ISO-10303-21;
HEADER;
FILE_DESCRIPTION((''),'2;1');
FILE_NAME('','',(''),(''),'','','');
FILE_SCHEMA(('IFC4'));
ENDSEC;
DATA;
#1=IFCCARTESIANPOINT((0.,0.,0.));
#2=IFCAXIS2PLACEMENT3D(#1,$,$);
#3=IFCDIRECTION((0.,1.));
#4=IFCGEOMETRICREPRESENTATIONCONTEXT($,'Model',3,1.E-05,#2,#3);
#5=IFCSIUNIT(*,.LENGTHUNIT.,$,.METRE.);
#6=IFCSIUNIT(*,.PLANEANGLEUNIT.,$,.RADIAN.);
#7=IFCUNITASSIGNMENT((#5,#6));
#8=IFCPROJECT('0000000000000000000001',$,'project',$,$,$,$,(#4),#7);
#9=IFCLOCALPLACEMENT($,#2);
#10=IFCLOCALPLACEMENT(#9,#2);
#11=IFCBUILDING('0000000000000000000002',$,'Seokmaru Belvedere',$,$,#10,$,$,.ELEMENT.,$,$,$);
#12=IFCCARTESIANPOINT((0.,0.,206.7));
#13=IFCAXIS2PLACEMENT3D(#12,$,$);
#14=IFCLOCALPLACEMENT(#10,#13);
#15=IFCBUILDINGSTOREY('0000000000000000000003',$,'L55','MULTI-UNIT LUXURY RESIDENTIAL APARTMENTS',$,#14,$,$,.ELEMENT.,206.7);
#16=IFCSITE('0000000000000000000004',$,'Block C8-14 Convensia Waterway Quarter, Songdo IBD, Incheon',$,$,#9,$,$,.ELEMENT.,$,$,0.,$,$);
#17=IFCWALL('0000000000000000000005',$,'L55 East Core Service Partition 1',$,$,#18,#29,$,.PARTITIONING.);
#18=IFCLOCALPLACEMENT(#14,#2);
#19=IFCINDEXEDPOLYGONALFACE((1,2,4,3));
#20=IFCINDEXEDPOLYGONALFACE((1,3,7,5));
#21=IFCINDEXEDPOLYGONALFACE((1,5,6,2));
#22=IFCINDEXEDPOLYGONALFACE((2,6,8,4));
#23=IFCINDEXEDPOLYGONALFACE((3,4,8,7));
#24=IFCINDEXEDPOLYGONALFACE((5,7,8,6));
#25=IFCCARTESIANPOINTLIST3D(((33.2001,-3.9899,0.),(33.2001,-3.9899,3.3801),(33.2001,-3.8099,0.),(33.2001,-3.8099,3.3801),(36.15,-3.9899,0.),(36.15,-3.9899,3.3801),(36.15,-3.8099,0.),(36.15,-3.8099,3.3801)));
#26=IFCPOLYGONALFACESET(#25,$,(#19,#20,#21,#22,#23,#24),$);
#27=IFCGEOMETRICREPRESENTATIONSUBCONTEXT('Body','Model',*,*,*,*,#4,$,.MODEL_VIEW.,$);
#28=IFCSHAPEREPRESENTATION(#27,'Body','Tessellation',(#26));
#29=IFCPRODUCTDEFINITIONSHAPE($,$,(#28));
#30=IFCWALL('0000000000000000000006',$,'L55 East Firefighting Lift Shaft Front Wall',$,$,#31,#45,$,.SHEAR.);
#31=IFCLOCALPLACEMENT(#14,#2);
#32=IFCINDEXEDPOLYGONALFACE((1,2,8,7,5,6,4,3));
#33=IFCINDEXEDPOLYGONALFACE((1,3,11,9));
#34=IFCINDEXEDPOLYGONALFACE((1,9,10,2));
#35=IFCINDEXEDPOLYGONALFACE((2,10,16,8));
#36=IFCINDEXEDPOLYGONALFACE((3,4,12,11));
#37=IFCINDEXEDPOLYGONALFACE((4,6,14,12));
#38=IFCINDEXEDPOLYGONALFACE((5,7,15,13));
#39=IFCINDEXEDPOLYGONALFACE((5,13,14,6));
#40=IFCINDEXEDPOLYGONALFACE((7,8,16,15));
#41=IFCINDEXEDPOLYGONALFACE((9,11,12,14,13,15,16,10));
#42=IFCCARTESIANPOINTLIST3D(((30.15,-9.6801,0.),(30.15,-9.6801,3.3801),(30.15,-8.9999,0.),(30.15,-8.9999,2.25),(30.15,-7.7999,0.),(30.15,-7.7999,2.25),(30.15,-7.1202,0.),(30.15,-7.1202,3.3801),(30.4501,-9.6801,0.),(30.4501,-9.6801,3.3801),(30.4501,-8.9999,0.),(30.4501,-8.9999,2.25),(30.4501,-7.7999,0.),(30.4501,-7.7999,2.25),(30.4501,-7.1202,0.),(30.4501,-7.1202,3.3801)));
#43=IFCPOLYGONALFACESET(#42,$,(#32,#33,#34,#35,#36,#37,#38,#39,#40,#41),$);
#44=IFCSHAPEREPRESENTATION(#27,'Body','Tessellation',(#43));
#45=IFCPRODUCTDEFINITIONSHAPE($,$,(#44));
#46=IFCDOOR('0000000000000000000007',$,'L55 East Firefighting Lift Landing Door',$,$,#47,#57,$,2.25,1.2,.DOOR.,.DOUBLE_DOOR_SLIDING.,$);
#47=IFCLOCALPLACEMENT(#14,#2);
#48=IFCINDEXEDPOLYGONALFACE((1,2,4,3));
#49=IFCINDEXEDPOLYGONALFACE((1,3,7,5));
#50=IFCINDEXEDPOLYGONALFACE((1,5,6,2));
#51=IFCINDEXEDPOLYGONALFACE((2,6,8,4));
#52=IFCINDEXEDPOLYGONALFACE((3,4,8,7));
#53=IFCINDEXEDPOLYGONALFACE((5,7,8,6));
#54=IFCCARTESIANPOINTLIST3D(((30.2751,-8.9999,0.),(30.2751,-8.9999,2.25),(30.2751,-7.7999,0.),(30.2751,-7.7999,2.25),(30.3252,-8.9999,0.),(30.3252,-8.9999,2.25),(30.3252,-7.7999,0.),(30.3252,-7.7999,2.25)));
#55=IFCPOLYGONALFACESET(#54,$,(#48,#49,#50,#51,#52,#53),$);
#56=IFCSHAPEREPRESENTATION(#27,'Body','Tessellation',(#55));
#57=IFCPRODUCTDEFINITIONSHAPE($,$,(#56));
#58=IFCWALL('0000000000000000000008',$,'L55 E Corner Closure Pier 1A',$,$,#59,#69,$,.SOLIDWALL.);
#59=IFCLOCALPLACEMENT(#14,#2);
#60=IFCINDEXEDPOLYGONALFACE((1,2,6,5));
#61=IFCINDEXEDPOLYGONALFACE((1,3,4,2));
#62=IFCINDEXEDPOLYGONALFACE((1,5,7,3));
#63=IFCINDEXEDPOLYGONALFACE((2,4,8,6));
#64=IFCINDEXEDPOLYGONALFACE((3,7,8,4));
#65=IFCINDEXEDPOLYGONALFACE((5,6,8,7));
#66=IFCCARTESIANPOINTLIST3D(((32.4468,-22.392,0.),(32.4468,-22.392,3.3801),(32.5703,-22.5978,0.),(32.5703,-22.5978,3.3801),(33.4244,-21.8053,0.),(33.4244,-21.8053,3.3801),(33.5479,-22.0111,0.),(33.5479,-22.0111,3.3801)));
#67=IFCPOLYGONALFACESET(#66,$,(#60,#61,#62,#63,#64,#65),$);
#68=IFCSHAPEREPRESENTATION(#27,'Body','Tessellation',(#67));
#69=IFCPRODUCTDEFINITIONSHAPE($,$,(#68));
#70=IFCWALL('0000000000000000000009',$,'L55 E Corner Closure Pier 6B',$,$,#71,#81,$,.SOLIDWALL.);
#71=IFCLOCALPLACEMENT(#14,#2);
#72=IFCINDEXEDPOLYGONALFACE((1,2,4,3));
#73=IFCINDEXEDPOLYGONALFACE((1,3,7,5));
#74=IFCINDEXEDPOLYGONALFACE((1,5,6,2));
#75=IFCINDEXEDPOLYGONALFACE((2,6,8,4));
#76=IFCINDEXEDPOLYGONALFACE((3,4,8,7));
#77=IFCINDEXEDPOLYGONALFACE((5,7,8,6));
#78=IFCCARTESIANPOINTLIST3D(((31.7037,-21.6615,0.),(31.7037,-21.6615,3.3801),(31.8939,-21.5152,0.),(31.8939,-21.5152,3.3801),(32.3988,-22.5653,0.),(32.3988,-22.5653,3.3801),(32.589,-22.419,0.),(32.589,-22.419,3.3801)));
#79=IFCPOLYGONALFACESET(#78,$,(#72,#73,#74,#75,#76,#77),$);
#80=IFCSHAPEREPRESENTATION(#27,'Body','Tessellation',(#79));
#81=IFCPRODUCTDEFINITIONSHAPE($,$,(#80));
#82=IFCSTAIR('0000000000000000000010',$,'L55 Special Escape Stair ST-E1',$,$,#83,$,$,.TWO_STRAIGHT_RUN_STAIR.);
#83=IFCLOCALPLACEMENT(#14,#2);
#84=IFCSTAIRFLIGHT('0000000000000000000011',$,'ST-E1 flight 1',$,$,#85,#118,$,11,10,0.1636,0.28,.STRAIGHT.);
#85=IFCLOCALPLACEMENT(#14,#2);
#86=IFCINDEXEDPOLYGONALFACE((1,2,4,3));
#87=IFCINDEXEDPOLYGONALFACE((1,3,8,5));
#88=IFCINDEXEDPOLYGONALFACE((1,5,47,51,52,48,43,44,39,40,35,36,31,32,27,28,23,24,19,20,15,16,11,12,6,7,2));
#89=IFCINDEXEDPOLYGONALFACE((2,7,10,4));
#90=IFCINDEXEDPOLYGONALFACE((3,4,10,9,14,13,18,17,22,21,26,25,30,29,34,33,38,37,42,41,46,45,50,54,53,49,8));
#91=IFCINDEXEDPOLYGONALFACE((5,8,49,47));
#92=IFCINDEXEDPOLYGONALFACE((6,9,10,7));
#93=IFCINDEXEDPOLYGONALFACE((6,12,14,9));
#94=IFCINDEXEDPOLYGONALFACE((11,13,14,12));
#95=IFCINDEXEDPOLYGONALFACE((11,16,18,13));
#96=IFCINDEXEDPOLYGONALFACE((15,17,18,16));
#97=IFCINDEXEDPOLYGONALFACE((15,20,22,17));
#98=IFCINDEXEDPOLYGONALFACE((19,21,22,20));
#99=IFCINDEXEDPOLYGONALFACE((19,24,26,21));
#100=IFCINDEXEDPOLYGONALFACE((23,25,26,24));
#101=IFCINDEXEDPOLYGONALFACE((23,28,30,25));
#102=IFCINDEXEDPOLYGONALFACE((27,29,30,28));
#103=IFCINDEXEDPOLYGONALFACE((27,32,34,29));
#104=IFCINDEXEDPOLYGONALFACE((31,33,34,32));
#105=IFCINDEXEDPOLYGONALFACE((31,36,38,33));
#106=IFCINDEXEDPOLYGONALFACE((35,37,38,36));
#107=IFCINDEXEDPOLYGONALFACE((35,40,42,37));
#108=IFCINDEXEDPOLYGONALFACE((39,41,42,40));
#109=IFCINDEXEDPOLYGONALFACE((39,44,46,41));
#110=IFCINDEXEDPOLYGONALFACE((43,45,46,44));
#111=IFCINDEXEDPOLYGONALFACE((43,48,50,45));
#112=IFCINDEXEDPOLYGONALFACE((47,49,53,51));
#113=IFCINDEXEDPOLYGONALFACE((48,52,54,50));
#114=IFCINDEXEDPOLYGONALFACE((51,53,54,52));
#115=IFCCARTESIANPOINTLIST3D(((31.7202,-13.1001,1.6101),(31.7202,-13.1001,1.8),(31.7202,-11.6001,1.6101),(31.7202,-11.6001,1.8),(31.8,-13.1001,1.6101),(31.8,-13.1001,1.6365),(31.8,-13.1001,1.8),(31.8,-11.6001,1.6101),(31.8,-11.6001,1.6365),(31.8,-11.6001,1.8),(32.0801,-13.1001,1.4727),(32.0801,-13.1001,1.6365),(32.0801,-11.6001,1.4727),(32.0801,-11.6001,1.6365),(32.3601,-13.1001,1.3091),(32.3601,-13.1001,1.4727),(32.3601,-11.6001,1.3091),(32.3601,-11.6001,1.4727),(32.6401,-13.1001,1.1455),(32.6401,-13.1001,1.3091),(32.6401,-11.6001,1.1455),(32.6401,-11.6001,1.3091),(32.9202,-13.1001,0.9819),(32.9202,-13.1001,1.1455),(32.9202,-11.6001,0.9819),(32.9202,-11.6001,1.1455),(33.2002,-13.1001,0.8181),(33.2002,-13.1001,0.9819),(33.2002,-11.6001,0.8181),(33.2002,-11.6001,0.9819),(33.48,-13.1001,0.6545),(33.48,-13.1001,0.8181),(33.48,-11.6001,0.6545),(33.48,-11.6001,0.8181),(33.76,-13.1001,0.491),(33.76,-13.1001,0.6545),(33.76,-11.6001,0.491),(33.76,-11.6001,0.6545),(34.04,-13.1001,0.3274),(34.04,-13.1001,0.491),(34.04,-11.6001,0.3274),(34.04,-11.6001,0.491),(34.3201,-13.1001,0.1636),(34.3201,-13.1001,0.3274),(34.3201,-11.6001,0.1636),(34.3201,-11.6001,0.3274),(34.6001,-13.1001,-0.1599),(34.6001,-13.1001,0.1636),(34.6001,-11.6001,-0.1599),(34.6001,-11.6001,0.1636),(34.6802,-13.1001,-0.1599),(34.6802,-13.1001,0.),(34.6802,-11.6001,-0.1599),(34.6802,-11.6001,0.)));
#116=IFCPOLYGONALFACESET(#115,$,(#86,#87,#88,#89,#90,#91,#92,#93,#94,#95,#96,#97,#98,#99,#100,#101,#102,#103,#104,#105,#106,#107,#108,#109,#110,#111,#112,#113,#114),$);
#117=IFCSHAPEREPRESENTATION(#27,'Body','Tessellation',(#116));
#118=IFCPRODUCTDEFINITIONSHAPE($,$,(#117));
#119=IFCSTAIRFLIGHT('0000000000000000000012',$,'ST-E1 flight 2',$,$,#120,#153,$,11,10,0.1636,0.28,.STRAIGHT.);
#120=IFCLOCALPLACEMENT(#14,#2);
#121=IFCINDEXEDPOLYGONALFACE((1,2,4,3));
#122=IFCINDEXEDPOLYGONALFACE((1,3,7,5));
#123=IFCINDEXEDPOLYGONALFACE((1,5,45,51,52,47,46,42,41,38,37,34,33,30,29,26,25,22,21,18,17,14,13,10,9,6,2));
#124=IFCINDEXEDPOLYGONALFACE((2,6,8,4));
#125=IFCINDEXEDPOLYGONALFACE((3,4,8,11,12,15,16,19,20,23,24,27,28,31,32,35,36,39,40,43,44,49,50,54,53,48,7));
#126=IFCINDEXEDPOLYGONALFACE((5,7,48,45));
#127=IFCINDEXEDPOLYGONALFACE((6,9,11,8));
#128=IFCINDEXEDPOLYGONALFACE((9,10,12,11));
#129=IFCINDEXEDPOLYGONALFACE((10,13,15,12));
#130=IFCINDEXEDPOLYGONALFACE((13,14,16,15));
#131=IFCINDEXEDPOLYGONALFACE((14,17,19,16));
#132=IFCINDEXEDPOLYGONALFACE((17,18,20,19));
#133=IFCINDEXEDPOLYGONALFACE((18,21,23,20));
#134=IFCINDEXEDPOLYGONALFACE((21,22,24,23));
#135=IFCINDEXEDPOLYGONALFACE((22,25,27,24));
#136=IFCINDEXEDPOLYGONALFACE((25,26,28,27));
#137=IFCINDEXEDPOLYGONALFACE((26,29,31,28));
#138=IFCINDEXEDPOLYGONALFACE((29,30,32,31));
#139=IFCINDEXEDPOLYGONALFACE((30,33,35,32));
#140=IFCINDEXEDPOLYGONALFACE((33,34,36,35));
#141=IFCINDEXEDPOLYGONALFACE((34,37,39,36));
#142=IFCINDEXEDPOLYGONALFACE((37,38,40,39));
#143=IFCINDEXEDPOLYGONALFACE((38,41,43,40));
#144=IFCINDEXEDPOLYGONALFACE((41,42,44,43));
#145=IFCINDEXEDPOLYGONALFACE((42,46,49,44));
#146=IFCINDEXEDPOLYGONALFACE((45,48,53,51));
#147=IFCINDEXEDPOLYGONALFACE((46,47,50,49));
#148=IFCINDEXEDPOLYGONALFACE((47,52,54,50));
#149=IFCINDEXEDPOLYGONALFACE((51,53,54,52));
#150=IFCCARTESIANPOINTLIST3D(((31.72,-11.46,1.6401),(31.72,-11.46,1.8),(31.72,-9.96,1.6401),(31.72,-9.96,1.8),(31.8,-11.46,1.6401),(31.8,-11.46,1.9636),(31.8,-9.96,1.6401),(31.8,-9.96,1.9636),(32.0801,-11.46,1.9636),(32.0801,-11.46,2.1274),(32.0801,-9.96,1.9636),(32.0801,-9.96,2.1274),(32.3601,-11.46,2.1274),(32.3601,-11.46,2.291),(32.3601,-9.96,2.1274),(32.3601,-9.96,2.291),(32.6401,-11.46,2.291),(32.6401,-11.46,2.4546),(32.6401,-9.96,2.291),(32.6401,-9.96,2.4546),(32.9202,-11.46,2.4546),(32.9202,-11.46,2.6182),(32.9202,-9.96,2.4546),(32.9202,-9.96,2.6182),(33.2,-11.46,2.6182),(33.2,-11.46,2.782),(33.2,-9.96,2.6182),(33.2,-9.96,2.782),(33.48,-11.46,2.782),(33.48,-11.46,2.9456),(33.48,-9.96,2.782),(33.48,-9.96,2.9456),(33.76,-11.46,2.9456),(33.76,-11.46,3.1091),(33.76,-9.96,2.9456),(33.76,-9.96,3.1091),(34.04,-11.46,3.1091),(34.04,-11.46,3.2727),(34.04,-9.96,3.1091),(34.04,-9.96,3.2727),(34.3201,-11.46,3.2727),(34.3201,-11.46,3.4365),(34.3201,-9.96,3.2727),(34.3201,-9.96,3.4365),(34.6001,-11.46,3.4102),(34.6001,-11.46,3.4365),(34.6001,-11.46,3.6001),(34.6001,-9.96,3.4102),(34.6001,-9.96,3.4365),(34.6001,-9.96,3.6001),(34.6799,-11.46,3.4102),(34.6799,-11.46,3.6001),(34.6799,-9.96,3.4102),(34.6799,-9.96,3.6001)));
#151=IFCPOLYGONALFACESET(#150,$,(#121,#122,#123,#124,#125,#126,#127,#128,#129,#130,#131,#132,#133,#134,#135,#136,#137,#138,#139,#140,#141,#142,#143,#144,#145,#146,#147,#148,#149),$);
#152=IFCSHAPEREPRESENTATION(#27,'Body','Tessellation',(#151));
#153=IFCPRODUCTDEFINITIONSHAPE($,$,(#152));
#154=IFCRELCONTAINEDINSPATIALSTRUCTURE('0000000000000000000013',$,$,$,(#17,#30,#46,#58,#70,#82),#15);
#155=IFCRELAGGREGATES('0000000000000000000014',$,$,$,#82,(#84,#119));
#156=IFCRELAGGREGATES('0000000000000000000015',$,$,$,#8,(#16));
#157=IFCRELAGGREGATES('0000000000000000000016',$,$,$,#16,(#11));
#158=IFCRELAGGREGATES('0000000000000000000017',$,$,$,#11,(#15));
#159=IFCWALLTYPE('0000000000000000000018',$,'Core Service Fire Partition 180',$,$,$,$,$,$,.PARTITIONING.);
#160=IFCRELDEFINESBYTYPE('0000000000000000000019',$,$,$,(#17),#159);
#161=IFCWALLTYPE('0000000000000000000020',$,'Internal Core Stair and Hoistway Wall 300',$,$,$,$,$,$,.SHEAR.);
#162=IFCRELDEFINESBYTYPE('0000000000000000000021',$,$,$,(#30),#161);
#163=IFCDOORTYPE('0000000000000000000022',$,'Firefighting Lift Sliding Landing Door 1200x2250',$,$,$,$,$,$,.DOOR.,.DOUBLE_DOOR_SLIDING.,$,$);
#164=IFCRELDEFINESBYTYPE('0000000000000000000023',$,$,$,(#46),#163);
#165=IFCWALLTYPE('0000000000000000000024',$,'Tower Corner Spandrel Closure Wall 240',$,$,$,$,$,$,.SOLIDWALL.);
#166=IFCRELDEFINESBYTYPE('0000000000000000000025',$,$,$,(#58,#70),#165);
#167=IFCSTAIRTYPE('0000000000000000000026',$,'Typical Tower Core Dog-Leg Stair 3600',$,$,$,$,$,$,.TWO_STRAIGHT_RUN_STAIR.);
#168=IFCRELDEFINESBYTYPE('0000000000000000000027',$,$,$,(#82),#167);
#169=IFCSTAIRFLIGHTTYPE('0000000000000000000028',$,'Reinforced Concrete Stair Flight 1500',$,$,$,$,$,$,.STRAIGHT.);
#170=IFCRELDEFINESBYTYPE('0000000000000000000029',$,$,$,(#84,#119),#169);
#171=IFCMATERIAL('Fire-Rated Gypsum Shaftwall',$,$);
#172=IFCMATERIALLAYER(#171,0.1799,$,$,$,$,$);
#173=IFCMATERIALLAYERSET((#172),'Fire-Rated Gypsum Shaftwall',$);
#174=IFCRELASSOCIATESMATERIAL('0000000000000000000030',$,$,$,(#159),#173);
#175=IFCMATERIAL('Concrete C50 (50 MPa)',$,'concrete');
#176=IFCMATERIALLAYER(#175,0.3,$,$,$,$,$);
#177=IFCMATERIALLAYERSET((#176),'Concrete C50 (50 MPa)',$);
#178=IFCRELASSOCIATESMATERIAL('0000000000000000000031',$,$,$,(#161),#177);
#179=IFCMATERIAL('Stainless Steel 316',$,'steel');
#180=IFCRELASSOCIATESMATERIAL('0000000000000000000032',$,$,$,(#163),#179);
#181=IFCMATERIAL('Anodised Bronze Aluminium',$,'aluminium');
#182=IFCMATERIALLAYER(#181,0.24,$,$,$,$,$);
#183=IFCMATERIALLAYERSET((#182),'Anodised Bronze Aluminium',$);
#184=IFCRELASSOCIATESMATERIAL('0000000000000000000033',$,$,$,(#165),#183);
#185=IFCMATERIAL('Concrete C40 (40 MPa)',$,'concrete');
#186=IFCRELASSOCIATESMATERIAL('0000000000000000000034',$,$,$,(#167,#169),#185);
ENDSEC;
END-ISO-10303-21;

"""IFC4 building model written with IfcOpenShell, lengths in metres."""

from ifc_helpers import new_model, si_unit, direction, frame, frame_2d, origin, place, context, subcontext, project, spatial, polyline, rectangle, outline, extrude, source, transform, mapped, material, layer, layer_set, type_object, type_shapes, element, fill, aggregate, save


model = new_model("IFC4")

# Units and contexts
model_context = context("Model", 3, precision=1e-05, world=origin(), true_north=direction((0.0, 1.0)))
body_context = subcontext(model_context, "Body", "Model", "MODEL_VIEW")
ifc_project = project(units=[si_unit("LENGTHUNIT", "METRE"), si_unit("PLANEANGLEUNIT", "RADIAN")], contexts=[model_context])

# Site, building, storey
site_placement = place(None, origin())
site = spatial("IfcSite", under=ifc_project, at=site_placement, Name="Block C8-14 Convensia Waterway Quarter, Songdo IBD, Incheon", CompositionType="ELEMENT", RefElevation=0.0)
building_placement = place(site_placement, origin())
building = spatial("IfcBuilding", under=site, at=building_placement, Name="Seokmaru Belvedere", CompositionType="ELEMENT")
storey_placement = place(building_placement, frame((0.0, 0.0, 206.7)))
storey = spatial("IfcBuildingStorey", under=building, at=storey_placement, Name="L55", Description="MULTI-UNIT LUXURY RESIDENTIAL APARTMENTS", CompositionType="ELEMENT", Elevation=206.7)

# Shared definitions
ifc_material_1 = material(Name="Anodised Bronze Aluminium", Category="aluminium")

# Shared definitions
ifc_material_2 = material(Name="Fire-Rated Gypsum Shaftwall")
ifc_layer_1 = layer(ifc_material_2, 0.1799)
ifc_layer_set_1 = layer_set([ifc_layer_1], Name="Fire-Rated Gypsum Shaftwall")
wall_type_1 = type_object("IfcWallType", Name="Core Service Fire Partition 180", PredefinedType="PARTITIONING", material=ifc_layer_set_1)

# Wall
for number, where, z_axis, x_axis, name in (
    (1, (33.2, -3.8999, 0.0), (0.0, 0.0, 1.0), (1.0, 0.0, 0.0), "L55 East Core Service Partition 1"),
):
    element("IfcWall", number, at=place(storey_placement, frame(where, z_axis=z_axis, x_axis=x_axis)), inside=storey, type_object=wall_type_1, Name=name, PredefinedType="PARTITIONING", context=body_context, shape_type="SweptSolid", body=[
        extrude(rectangle(XDim=2.95, YDim=0.1799, at=frame_2d((1.4751, 0.0))), origin(), (0.0, 0.0, 1.0), 3.3801),
    ])

# Wall, opening, door
ifc_material_3 = material(Name="Concrete C50 (50 MPa)", Category="concrete")
ifc_layer_2 = layer(ifc_material_3, 0.3)
ifc_layer_set_2 = layer_set([ifc_layer_2], Name="Concrete C50 (50 MPa)")
wall_type_2 = type_object("IfcWallType", Name="Internal Core Stair and Hoistway Wall 300", PredefinedType="SHEAR", material=ifc_layer_set_2)
wall_1_placement = place(storey_placement, frame((30.3, -9.6799, 0.0), z_axis=(0.0, 0.0, 1.0), x_axis=(0.0, 1.0, 0.0)))
wall_1 = element("IfcWall", 2, at=wall_1_placement, inside=storey, type_object=wall_type_2, Name="L55 East Firefighting Lift Shaft Front Wall", PredefinedType="SHEAR", context=body_context, shape_type="SweptSolid", body=[
    extrude(rectangle(XDim=2.5598, YDim=0.3, at=frame_2d((1.2798, 0.0))), origin(), (0.0, 0.0, 1.0), 3.3801),
])
opening_1_placement = place(wall_1_placement, frame((0.6799, 0.0, 0.0)))
opening_1 = element("IfcOpeningElement", 3, at=opening_1_placement, cuts=wall_1, PredefinedType="OPENING", context=body_context, shape_type="SweptSolid", body=[
    extrude(rectangle(XDim=1.2, YDim=2.25, at=frame_2d((0.6001, 1.125))), frame((0.0, 0.1602, 0.0), z_axis=(0.0, -1.0, 0.0), x_axis=(1.0, 0.0, 0.0)), (0.0, 0.0, 1.0), 0.3201),
])
ifc_material_4 = material(Name="Stainless Steel 316", Category="steel")
door_type_1 = type_object("IfcDoorType", Name="Firefighting Lift Sliding Landing Door 1200x2250", OperationType="DOUBLE_DOOR_SLIDING", PredefinedType="DOOR", material=ifc_material_4)
shared_shape_1 = source(origin(), body_context, "Body", "SweptSolid", [
    extrude(rectangle(XDim=1.2, YDim=2.25, at=frame_2d((0.6001, 1.125))), frame((0.0, 0.0249, 0.0), z_axis=(0.0, -1.0, 0.0), x_axis=(1.0, 0.0, 0.0)), (0.0, 0.0, 1.0), 0.05),
])
type_shapes(door_type_1, [shared_shape_1])
door_1_placement = place(opening_1_placement, origin())
door_1 = element("IfcDoor", 4, at=door_1_placement, inside=storey, type_object=door_type_1, Name="L55 East Firefighting Lift Landing Door", OperationType="DOUBLE_DOOR_SLIDING", OverallHeight=2.25, OverallWidth=1.2, PredefinedType="DOOR", context=body_context, shape_type="MappedRepresentation", body=[
    mapped(shared_shape_1, transform((0.0, 0.0, 0.0), scale=1.0)),
])
fill(opening_1, door_1)

# Walls
ifc_layer_3 = layer(ifc_material_1, 0.24)
ifc_layer_set_3 = layer_set([ifc_layer_3], Name="Anodised Bronze Aluminium")
wall_type_3 = type_object("IfcWallType", Name="Tower Corner Spandrel Closure Wall 240", PredefinedType="SOLIDWALL", material=ifc_layer_set_3)
for number, where, z_axis, x_axis, name in (
    (5, (32.5085, -22.4949, 0.0), (0.0, 0.0, 1.0), (0.857436, 0.51459, 0.0), "L55 E Corner Closure Pier 1A"),
    (6, (31.7988, -21.5884, 0.0), (0.0, 0.0, 1.0), (0.609618, -0.792696, 0.0), "L55 E Corner Closure Pier 6B"),
):
    element("IfcWall", number, at=place(storey_placement, frame(where, z_axis=z_axis, x_axis=x_axis)), inside=storey, type_object=wall_type_3, Name=name, PredefinedType="SOLIDWALL", context=body_context, shape_type="SweptSolid", body=[
        extrude(rectangle(XDim=1.1401, YDim=0.24, at=frame_2d((0.5701, 0.0))), origin(), (0.0, 0.0, 1.0), 3.3801),
    ])

# Stair, stair flights
ifc_material_5 = material(Name="Concrete C40 (40 MPa)", Category="concrete")
stair_type = type_object("IfcStairType", Name="Typical Tower Core Dog-Leg Stair 3600", PredefinedType="TWO_STRAIGHT_RUN_STAIR", material=ifc_material_5)
stair_placement = place(storey_placement, origin())
stair = element("IfcStair", 7, at=stair_placement, inside=storey, type_object=stair_type, Name="L55 Special Escape Stair ST-E1", PredefinedType="TWO_STRAIGHT_RUN_STAIR")
stair_flight_type = type_object("IfcStairFlightType", Name="Reinforced Concrete Stair Flight 1500", PredefinedType="STRAIGHT", material=ifc_material_5)
stair_flight_1_placement = place(storey_placement, frame((34.6001, -12.3501, 0.0), z_axis=(0.0, 0.0, 1.0), x_axis=(-1.0, 0.0, 0.0)))
stair_flight_1 = element("IfcStairFlight", 8, at=stair_flight_1_placement, type_object=stair_flight_type, Name="ST-E1 flight 1", NumberOfRisers=11, NumberOfTreads=10, PredefinedType="STRAIGHT", RiserHeight=0.1636, TreadLength=0.28, context=body_context, shape_type="SweptSolid", body=[
    extrude(outline(polyline([(-0.0801, 0.0), (0.0, 0.1636), (0.28, 0.1636), (0.28, 0.3274), (0.5601, 0.3274), (0.5601, 0.491), (0.8401, 0.491), (0.8401, 0.6545), (1.1201, 0.6545), (1.1201, 0.8181), (1.3999, 0.8181), (1.3999, 0.9819), (1.6799, 0.9819), (1.6799, 1.1455), (1.96, 1.1455), (1.96, 1.3091), (2.24, 1.3091), (2.24, 1.4727), (2.52, 1.4727), (2.52, 1.6365), (2.8, 1.6365), (2.8, 1.8), (2.8799, 1.8), (2.8799, 1.6101), (2.8, 1.6101), (0.0, -0.1599), (-0.0801, -0.1599), (-0.0801, 0.0)])), frame((0.0, 0.75, 0.0), z_axis=(0.0, -1.0, 0.0), x_axis=(1.0, 0.0, 0.0)), (0.0, 0.0, 1.0), 1.5),
])
stair_flight_2_placement = place(storey_placement, frame((31.8, -10.71, 1.8), z_axis=(0.0, 0.0, 1.0), x_axis=(1.0, 0.0, 0.0)))
stair_flight_2 = element("IfcStairFlight", 9, at=stair_flight_2_placement, type_object=stair_flight_type, Name="ST-E1 flight 2", NumberOfRisers=11, NumberOfTreads=10, PredefinedType="STRAIGHT", RiserHeight=0.1636, TreadLength=0.28, context=body_context, shape_type="SweptSolid", body=[
    extrude(outline(polyline([(-0.0801, 0.0), (0.0, 0.1636), (0.28, 0.1636), (0.28, 0.3274), (0.5601, 0.3274), (0.5601, 0.491), (0.8401, 0.491), (0.8401, 0.6545), (1.1201, 0.6545), (1.1201, 0.8181), (1.3999, 0.8181), (1.3999, 0.9819), (1.6799, 0.9819), (1.6799, 1.1455), (1.96, 1.1455), (1.96, 1.3091), (2.24, 1.3091), (2.24, 1.4727), (2.52, 1.4727), (2.52, 1.6365), (2.8, 1.6365), (2.8, 1.8), (2.8799, 1.8), (2.8799, 1.6101), (2.8, 1.6101), (0.0, -0.1599), (-0.0801, -0.1599), (-0.0801, 0.0)])), frame((0.0, 0.75, 0.0), z_axis=(0.0, -1.0, 0.0), x_axis=(1.0, 0.0, 0.0)), (0.0, 0.0, 1.0), 1.5),
])
aggregate(stair, [stair_flight_1, stair_flight_2])

save(model, "model.ifc")
